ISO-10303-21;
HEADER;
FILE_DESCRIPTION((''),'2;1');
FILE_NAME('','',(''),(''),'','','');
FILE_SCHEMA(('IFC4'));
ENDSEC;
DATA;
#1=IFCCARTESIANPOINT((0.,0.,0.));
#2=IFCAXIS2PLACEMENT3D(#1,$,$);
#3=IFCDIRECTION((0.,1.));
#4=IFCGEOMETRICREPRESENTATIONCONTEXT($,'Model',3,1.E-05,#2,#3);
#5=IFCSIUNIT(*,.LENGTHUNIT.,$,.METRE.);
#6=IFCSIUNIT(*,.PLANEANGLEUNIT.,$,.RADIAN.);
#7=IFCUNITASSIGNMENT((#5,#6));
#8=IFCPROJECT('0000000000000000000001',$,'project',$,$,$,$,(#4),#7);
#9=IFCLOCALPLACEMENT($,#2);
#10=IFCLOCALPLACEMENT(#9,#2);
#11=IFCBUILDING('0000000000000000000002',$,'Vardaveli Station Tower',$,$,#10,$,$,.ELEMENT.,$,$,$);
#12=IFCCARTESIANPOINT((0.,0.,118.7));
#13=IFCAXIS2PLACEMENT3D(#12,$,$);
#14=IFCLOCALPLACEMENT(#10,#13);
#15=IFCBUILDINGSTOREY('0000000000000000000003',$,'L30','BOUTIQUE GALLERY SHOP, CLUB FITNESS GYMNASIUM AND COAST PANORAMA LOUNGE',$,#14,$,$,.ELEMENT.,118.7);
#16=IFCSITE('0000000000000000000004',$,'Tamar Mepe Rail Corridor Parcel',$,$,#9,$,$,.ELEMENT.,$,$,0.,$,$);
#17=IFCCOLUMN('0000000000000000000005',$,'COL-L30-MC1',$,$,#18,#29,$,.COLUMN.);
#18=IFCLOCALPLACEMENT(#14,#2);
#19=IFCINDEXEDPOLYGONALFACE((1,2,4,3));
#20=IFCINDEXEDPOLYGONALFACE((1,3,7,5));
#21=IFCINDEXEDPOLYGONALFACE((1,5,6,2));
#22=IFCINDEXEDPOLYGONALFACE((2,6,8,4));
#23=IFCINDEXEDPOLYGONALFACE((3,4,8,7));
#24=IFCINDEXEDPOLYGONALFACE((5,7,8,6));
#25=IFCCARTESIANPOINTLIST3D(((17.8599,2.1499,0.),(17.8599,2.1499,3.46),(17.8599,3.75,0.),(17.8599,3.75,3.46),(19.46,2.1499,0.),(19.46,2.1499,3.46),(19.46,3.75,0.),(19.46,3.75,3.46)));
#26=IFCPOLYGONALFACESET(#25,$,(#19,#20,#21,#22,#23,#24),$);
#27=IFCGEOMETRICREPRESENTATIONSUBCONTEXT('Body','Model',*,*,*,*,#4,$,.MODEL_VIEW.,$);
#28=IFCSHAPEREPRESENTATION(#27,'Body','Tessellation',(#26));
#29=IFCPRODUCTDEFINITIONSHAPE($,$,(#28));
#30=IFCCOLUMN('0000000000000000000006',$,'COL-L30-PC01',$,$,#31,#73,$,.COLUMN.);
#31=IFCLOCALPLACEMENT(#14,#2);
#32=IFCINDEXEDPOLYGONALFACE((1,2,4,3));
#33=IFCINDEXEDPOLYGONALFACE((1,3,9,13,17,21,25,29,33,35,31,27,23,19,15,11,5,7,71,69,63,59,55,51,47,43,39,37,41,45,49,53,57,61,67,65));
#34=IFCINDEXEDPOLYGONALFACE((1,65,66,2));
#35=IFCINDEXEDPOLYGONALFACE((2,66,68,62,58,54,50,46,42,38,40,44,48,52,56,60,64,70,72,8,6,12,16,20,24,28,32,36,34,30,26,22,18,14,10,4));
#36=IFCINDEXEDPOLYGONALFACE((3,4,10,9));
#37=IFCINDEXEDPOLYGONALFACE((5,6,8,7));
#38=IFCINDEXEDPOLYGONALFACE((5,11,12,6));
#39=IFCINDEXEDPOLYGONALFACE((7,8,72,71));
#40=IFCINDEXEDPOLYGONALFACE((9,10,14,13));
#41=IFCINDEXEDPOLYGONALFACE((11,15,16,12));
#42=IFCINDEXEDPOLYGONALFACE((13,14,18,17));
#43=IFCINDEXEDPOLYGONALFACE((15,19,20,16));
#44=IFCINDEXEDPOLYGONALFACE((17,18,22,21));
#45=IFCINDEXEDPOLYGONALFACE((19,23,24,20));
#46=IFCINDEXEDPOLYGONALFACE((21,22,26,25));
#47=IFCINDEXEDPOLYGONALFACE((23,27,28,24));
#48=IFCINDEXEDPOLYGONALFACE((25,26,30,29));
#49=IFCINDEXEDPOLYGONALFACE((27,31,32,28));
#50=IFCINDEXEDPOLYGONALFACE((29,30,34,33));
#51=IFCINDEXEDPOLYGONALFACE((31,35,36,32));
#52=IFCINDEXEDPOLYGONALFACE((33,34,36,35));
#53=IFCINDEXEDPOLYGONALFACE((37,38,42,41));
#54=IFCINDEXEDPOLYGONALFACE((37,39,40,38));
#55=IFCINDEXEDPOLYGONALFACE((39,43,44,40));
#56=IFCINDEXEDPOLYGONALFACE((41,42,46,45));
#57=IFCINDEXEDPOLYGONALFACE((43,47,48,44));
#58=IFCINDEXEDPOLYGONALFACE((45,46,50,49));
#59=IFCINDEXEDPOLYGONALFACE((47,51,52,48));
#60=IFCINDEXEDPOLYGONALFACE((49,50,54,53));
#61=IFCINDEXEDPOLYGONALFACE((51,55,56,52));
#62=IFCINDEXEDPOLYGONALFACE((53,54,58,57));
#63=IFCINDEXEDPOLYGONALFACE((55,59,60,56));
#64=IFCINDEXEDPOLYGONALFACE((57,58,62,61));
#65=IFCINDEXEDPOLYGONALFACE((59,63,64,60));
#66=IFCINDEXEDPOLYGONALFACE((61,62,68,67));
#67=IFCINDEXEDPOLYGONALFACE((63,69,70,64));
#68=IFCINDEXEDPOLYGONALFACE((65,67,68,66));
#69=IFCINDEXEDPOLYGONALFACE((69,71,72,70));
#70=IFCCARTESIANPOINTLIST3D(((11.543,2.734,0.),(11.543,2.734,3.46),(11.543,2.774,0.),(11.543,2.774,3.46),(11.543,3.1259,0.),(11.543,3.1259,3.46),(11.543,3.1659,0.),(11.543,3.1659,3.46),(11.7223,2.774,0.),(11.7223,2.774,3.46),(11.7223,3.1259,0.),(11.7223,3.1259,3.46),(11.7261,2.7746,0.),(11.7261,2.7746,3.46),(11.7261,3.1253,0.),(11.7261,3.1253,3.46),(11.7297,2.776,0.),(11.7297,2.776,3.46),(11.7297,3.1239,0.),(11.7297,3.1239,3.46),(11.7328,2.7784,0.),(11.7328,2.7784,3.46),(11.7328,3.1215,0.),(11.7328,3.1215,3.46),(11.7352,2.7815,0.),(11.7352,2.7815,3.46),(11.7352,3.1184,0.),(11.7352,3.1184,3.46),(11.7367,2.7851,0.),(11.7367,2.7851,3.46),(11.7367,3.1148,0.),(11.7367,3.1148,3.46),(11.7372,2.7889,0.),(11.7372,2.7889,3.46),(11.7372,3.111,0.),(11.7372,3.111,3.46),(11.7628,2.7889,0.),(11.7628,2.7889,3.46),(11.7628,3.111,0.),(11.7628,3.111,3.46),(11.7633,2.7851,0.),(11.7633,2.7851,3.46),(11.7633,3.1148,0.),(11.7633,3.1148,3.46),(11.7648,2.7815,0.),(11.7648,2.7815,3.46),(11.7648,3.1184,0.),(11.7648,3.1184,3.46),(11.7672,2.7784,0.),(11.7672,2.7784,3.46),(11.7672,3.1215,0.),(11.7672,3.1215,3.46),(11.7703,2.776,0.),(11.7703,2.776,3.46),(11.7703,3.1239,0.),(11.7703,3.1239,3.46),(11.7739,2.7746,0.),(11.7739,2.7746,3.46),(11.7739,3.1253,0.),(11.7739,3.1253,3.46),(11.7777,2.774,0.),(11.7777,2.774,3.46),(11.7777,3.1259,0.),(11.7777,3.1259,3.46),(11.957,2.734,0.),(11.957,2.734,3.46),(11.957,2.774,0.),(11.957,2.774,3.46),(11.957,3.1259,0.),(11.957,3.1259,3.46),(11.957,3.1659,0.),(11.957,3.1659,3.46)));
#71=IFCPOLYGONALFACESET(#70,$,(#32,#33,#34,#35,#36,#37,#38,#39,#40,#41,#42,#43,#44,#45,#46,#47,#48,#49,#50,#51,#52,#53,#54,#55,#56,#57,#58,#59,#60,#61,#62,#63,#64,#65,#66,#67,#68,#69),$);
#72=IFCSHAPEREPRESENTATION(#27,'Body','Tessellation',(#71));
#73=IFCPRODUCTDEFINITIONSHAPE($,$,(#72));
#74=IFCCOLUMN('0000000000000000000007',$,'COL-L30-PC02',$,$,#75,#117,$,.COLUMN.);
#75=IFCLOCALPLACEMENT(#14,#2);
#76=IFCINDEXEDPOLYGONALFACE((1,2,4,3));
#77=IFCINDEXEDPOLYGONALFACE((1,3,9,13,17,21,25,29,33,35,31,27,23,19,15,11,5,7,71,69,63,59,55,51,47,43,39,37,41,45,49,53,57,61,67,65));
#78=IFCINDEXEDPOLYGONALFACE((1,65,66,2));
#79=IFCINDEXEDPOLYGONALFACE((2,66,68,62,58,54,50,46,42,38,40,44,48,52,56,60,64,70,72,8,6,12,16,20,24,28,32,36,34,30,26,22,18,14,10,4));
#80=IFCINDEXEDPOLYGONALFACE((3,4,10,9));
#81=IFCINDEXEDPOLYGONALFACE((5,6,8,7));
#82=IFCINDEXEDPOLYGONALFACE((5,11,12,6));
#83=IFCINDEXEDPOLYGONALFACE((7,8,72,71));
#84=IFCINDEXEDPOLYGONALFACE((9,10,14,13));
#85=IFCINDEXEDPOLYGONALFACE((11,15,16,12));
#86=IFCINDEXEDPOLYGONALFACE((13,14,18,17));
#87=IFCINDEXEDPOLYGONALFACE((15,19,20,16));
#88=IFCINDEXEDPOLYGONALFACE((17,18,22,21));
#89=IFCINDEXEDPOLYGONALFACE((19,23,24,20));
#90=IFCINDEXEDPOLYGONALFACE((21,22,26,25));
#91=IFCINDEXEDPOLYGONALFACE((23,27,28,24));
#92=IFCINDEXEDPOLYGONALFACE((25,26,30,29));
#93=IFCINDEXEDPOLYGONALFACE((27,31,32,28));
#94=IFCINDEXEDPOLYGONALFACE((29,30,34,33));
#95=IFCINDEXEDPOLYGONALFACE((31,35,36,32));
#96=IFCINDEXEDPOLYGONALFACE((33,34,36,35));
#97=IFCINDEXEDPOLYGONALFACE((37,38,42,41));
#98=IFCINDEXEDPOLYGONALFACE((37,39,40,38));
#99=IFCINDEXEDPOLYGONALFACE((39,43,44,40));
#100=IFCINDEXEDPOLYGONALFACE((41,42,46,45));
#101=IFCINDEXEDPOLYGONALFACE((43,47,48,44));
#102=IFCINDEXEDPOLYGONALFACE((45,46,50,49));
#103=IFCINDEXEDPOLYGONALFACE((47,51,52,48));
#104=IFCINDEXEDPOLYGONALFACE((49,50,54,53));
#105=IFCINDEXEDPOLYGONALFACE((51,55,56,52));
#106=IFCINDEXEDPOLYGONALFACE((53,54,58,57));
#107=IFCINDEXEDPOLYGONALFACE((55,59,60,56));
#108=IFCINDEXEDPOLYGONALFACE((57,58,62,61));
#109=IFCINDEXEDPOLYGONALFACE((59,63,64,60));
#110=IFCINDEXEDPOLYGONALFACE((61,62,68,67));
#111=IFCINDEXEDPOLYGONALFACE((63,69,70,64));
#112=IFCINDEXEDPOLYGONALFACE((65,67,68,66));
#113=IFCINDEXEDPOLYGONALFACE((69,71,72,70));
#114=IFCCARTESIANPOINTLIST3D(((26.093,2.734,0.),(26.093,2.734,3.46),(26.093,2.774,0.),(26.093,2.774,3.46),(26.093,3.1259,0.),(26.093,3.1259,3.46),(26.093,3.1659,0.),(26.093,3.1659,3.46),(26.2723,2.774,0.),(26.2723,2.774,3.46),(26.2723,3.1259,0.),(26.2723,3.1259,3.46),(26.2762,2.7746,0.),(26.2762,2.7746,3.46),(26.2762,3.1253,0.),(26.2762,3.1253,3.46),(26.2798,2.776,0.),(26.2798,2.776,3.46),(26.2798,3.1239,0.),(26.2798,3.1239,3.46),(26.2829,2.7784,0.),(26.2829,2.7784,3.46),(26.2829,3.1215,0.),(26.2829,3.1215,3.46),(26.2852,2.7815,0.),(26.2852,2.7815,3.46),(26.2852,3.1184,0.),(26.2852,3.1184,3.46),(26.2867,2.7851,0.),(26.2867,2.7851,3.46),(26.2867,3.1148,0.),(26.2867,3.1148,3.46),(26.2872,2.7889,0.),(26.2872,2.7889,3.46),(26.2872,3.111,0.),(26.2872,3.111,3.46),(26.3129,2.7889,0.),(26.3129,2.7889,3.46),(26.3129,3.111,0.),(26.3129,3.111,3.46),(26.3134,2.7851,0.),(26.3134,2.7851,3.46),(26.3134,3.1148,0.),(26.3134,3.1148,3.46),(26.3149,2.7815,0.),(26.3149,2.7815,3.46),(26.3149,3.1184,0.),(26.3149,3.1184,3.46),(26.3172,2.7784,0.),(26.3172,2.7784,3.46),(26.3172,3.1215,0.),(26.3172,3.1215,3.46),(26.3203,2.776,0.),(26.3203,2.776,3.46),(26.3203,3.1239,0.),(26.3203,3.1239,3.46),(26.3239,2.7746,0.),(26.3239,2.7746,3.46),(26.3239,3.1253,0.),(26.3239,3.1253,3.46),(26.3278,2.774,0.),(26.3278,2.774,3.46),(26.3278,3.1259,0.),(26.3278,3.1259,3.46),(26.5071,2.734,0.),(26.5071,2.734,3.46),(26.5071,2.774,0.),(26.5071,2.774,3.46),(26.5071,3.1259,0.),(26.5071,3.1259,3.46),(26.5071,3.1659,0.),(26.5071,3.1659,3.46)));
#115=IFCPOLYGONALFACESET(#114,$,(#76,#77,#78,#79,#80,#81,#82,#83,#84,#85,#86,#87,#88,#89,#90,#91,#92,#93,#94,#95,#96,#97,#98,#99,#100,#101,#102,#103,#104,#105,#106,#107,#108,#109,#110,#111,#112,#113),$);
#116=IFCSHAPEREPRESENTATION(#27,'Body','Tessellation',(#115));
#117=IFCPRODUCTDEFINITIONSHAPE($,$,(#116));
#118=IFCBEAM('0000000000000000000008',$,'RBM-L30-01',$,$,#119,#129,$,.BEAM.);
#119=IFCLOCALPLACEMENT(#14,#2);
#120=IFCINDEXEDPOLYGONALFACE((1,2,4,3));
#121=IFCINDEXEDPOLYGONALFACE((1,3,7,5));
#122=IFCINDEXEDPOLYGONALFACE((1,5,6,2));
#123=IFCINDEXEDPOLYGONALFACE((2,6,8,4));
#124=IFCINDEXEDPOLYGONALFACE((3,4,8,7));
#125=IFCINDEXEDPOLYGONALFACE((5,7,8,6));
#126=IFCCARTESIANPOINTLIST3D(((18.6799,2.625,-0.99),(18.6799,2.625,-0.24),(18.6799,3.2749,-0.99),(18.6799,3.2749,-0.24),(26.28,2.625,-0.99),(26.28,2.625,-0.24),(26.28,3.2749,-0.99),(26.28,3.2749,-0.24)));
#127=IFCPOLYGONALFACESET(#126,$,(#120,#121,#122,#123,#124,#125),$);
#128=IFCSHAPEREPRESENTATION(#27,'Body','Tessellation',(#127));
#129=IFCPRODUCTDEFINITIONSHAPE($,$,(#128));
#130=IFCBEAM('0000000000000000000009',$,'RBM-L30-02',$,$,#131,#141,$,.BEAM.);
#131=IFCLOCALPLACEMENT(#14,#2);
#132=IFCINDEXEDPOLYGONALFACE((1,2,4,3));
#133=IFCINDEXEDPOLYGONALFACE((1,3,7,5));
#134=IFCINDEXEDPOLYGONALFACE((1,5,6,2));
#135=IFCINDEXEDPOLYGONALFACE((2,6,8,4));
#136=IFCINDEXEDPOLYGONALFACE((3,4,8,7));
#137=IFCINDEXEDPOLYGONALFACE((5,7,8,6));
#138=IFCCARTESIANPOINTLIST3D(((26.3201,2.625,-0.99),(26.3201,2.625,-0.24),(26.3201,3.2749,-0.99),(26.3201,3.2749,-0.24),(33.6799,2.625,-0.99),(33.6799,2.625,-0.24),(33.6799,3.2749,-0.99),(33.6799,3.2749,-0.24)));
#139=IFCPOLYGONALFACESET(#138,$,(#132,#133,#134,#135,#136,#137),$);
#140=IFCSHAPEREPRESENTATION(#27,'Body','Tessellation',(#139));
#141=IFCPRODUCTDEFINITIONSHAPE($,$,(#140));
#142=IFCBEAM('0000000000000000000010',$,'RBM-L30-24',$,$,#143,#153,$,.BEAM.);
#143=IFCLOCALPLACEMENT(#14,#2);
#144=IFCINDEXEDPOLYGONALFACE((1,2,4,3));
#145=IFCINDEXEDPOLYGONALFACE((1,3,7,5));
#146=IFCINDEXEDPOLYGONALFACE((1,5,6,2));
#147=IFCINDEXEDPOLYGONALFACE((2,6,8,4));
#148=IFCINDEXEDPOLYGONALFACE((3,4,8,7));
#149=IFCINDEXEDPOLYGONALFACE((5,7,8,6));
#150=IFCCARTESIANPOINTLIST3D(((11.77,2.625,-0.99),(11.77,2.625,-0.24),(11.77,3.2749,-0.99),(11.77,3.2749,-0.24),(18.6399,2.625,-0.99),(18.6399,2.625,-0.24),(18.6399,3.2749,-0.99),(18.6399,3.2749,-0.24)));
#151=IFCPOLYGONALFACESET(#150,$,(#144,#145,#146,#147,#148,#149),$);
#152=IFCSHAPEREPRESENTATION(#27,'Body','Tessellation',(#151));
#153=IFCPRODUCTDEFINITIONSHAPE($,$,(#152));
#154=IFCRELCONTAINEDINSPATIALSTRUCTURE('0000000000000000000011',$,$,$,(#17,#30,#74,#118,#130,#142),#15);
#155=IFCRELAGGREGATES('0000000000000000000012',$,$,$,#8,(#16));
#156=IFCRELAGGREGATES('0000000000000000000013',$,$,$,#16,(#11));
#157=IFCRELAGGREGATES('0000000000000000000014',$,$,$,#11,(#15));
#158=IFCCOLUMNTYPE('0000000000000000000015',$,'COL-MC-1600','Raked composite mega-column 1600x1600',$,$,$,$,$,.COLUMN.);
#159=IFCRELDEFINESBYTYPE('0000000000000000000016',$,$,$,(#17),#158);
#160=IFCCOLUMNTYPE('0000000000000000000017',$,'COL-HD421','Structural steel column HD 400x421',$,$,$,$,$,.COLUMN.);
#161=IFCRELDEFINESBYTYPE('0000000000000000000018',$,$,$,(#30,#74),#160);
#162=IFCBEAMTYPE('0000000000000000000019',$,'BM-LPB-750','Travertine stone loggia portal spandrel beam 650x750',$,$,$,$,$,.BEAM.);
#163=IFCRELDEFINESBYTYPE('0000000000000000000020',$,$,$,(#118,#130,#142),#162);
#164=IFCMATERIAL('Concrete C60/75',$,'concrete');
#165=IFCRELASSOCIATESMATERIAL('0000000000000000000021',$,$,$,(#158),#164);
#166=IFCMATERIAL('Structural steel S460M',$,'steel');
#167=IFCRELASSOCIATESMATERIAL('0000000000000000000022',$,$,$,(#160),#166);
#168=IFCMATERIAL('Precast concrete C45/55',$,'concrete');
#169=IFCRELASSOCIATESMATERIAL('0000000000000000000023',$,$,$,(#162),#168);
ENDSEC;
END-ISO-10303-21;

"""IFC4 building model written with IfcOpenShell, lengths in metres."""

from ifc_helpers import new_model, si_unit, direction, frame, origin, origin_2d, place, context, subcontext, project, spatial, rectangle, i_section, extrude, source, transform, mapped, material, material_profile, profile_set, type_object, element, save


model = new_model("IFC4")

# Units and contexts
model_context = context("Model", 3, precision=1e-05, world=origin(), true_north=direction((0.0, 1.0)))
body_context = subcontext(model_context, "Body", "Model", "MODEL_VIEW")
ifc_project = project(units=[si_unit("LENGTHUNIT", "METRE"), si_unit("PLANEANGLEUNIT", "RADIAN")], contexts=[model_context])

# Site, building, storey
site_placement = place(None, origin())
site = spatial("IfcSite", under=ifc_project, at=site_placement, Name="Tamar Mepe Rail Corridor Parcel", CompositionType="ELEMENT", RefElevation=0.0)
building_placement = place(site_placement, origin())
building = spatial("IfcBuilding", under=site, at=building_placement, Name="Vardaveli Station Tower", CompositionType="ELEMENT")
storey_placement = place(building_placement, frame((0.0, 0.0, 118.7)))
storey = spatial("IfcBuildingStorey", under=building, at=storey_placement, Name="L30", Description="BOUTIQUE GALLERY SHOP, CLUB FITNESS GYMNASIUM AND COAST PANORAMA LOUNGE", CompositionType="ELEMENT", Elevation=118.7)

# Columns
ifc_material_1 = material(Name="Concrete C60/75", Category="concrete")
ifc_material_profile_1 = material_profile(ifc_material_1, rectangle(XDim=1.6001, YDim=1.6001, at=origin_2d()), Name="MC 1600x1600")
ifc_profile_set_1 = profile_set([ifc_material_profile_1], Name="Concrete C60/75")
column_type_1 = type_object("IfcColumnType", Name="COL-MC-1600", Description="Raked composite mega-column 1600x1600", PredefinedType="COLUMN", material=ifc_profile_set_1)
shared_shape_1 = source(origin(), body_context, "Body", "SweptSolid", [
    extrude(rectangle(XDim=1.6001, YDim=1.6001, at=origin_2d()), origin(), (0.0, 0.0, 1.0), 3.46),
])
column_placement = place(storey_placement, frame((18.6599, 2.95, 0.0), z_axis=(0.0, 0.0, 1.0), x_axis=(1.0, 0.0, 0.0)))
element("IfcColumn", 1, at=column_placement, inside=storey, type_object=column_type_1, Name="COL-L30-MC1", PredefinedType="COLUMN", context=body_context, shape_type="MappedRepresentation", body=[
    mapped(shared_shape_1, transform((0.0, 0.0, 0.0), scale=1.0)),
])
ifc_material_2 = material(Name="Structural steel S460M", Category="steel")
ifc_material_profile_2 = material_profile(ifc_material_2, i_section(OverallWidth=0.4141, OverallDepth=0.4319, WebThickness=0.0256, FlangeThickness=0.04, FilletRadius=0.0149, at=origin_2d()), Name="HD 400x421")
ifc_profile_set_2 = profile_set([ifc_material_profile_2], Name="Structural steel S460M")
column_type_2 = type_object("IfcColumnType", Name="COL-HD421", Description="Structural steel column HD 400x421", PredefinedType="COLUMN", material=ifc_profile_set_2)
shared_shape_2 = source(origin(), body_context, "Body", "SweptSolid", [
    extrude(i_section(OverallWidth=0.4141, OverallDepth=0.4319, WebThickness=0.0256, FlangeThickness=0.04, FilletRadius=0.0149, at=origin_2d()), origin(), (0.0, 0.0, 1.0), 3.46),
])
for number, where, z_axis, x_axis, name in (
    (2, (11.75, 2.95, 0.0), (0.0, 0.0, 1.0), (1.0, 0.0, 0.0), "COL-L30-PC01"),
    (3, (26.3, 2.95, 0.0), (0.0, 0.0, 1.0), (1.0, 0.0, 0.0), "COL-L30-PC02"),
):
    element("IfcColumn", number, at=place(storey_placement, frame(where, z_axis=z_axis, x_axis=x_axis)), inside=storey, type_object=column_type_2, Name=name, PredefinedType="COLUMN", context=body_context, shape_type="MappedRepresentation", body=[
        mapped(shared_shape_2, transform((0.0, 0.0, 0.0), scale=1.0)),
    ])

# Beams
ifc_material_3 = material(Name="Precast concrete C45/55", Category="concrete")
ifc_material_profile_3 = material_profile(ifc_material_3, rectangle(XDim=0.6499, YDim=0.75, at=origin_2d()), Name="LPB 650x750")
ifc_profile_set_3 = profile_set([ifc_material_profile_3], Name="Precast concrete C45/55")
beam_type_1 = type_object("IfcBeamType", Name="BM-LPB-750", Description="Travertine stone loggia portal spandrel beam 650x750", PredefinedType="BEAM", material=ifc_profile_set_3)
shared_shape_3 = source(origin(), body_context, "Body", "SweptSolid", [
    extrude(rectangle(XDim=0.6499, YDim=0.75, at=origin_2d()), origin(), (0.0, 0.0, 1.0), 7.6001),
])
beam_1_placement = place(storey_placement, frame((18.6799, 2.95, -0.615), z_axis=(1.0, 0.0, 0.0), x_axis=(0.0, 1.0, 0.0)))
element("IfcBeam", 4, at=beam_1_placement, inside=storey, type_object=beam_type_1, Name="RBM-L30-01", PredefinedType="BEAM", context=body_context, shape_type="MappedRepresentation", body=[
    mapped(shared_shape_3, transform((0.0, 0.0, 0.0), scale=1.0)),
])
shared_shape_4 = source(origin(), body_context, "Body", "SweptSolid", [
    extrude(rectangle(XDim=0.6499, YDim=0.75, at=origin_2d()), origin(), (0.0, 0.0, 1.0), 7.3599),
])
beam_2_placement = place(storey_placement, frame((26.3201, 2.95, -0.615), z_axis=(1.0, 0.0, 0.0), x_axis=(0.0, 1.0, 0.0)))
element("IfcBeam", 5, at=beam_2_placement, inside=storey, type_object=beam_type_1, Name="RBM-L30-02", PredefinedType="BEAM", context=body_context, shape_type="MappedRepresentation", body=[
    mapped(shared_shape_4, transform((0.0, 0.0, 0.0), scale=1.0)),
])
shared_shape_5 = source(origin(), body_context, "Body", "SweptSolid", [
    extrude(rectangle(XDim=0.6499, YDim=0.75, at=origin_2d()), origin(), (0.0, 0.0, 1.0), 6.8699),
])
beam_3_placement = place(storey_placement, frame((11.77, 2.95, -0.615), z_axis=(1.0, 0.0, 0.0), x_axis=(0.0, 1.0, 0.0)))
element("IfcBeam", 6, at=beam_3_placement, inside=storey, type_object=beam_type_1, Name="RBM-L30-24", PredefinedType="BEAM", context=body_context, shape_type="MappedRepresentation", body=[
    mapped(shared_shape_5, transform((0.0, 0.0, 0.0), scale=1.0)),
])

save(model, "model.ifc")
